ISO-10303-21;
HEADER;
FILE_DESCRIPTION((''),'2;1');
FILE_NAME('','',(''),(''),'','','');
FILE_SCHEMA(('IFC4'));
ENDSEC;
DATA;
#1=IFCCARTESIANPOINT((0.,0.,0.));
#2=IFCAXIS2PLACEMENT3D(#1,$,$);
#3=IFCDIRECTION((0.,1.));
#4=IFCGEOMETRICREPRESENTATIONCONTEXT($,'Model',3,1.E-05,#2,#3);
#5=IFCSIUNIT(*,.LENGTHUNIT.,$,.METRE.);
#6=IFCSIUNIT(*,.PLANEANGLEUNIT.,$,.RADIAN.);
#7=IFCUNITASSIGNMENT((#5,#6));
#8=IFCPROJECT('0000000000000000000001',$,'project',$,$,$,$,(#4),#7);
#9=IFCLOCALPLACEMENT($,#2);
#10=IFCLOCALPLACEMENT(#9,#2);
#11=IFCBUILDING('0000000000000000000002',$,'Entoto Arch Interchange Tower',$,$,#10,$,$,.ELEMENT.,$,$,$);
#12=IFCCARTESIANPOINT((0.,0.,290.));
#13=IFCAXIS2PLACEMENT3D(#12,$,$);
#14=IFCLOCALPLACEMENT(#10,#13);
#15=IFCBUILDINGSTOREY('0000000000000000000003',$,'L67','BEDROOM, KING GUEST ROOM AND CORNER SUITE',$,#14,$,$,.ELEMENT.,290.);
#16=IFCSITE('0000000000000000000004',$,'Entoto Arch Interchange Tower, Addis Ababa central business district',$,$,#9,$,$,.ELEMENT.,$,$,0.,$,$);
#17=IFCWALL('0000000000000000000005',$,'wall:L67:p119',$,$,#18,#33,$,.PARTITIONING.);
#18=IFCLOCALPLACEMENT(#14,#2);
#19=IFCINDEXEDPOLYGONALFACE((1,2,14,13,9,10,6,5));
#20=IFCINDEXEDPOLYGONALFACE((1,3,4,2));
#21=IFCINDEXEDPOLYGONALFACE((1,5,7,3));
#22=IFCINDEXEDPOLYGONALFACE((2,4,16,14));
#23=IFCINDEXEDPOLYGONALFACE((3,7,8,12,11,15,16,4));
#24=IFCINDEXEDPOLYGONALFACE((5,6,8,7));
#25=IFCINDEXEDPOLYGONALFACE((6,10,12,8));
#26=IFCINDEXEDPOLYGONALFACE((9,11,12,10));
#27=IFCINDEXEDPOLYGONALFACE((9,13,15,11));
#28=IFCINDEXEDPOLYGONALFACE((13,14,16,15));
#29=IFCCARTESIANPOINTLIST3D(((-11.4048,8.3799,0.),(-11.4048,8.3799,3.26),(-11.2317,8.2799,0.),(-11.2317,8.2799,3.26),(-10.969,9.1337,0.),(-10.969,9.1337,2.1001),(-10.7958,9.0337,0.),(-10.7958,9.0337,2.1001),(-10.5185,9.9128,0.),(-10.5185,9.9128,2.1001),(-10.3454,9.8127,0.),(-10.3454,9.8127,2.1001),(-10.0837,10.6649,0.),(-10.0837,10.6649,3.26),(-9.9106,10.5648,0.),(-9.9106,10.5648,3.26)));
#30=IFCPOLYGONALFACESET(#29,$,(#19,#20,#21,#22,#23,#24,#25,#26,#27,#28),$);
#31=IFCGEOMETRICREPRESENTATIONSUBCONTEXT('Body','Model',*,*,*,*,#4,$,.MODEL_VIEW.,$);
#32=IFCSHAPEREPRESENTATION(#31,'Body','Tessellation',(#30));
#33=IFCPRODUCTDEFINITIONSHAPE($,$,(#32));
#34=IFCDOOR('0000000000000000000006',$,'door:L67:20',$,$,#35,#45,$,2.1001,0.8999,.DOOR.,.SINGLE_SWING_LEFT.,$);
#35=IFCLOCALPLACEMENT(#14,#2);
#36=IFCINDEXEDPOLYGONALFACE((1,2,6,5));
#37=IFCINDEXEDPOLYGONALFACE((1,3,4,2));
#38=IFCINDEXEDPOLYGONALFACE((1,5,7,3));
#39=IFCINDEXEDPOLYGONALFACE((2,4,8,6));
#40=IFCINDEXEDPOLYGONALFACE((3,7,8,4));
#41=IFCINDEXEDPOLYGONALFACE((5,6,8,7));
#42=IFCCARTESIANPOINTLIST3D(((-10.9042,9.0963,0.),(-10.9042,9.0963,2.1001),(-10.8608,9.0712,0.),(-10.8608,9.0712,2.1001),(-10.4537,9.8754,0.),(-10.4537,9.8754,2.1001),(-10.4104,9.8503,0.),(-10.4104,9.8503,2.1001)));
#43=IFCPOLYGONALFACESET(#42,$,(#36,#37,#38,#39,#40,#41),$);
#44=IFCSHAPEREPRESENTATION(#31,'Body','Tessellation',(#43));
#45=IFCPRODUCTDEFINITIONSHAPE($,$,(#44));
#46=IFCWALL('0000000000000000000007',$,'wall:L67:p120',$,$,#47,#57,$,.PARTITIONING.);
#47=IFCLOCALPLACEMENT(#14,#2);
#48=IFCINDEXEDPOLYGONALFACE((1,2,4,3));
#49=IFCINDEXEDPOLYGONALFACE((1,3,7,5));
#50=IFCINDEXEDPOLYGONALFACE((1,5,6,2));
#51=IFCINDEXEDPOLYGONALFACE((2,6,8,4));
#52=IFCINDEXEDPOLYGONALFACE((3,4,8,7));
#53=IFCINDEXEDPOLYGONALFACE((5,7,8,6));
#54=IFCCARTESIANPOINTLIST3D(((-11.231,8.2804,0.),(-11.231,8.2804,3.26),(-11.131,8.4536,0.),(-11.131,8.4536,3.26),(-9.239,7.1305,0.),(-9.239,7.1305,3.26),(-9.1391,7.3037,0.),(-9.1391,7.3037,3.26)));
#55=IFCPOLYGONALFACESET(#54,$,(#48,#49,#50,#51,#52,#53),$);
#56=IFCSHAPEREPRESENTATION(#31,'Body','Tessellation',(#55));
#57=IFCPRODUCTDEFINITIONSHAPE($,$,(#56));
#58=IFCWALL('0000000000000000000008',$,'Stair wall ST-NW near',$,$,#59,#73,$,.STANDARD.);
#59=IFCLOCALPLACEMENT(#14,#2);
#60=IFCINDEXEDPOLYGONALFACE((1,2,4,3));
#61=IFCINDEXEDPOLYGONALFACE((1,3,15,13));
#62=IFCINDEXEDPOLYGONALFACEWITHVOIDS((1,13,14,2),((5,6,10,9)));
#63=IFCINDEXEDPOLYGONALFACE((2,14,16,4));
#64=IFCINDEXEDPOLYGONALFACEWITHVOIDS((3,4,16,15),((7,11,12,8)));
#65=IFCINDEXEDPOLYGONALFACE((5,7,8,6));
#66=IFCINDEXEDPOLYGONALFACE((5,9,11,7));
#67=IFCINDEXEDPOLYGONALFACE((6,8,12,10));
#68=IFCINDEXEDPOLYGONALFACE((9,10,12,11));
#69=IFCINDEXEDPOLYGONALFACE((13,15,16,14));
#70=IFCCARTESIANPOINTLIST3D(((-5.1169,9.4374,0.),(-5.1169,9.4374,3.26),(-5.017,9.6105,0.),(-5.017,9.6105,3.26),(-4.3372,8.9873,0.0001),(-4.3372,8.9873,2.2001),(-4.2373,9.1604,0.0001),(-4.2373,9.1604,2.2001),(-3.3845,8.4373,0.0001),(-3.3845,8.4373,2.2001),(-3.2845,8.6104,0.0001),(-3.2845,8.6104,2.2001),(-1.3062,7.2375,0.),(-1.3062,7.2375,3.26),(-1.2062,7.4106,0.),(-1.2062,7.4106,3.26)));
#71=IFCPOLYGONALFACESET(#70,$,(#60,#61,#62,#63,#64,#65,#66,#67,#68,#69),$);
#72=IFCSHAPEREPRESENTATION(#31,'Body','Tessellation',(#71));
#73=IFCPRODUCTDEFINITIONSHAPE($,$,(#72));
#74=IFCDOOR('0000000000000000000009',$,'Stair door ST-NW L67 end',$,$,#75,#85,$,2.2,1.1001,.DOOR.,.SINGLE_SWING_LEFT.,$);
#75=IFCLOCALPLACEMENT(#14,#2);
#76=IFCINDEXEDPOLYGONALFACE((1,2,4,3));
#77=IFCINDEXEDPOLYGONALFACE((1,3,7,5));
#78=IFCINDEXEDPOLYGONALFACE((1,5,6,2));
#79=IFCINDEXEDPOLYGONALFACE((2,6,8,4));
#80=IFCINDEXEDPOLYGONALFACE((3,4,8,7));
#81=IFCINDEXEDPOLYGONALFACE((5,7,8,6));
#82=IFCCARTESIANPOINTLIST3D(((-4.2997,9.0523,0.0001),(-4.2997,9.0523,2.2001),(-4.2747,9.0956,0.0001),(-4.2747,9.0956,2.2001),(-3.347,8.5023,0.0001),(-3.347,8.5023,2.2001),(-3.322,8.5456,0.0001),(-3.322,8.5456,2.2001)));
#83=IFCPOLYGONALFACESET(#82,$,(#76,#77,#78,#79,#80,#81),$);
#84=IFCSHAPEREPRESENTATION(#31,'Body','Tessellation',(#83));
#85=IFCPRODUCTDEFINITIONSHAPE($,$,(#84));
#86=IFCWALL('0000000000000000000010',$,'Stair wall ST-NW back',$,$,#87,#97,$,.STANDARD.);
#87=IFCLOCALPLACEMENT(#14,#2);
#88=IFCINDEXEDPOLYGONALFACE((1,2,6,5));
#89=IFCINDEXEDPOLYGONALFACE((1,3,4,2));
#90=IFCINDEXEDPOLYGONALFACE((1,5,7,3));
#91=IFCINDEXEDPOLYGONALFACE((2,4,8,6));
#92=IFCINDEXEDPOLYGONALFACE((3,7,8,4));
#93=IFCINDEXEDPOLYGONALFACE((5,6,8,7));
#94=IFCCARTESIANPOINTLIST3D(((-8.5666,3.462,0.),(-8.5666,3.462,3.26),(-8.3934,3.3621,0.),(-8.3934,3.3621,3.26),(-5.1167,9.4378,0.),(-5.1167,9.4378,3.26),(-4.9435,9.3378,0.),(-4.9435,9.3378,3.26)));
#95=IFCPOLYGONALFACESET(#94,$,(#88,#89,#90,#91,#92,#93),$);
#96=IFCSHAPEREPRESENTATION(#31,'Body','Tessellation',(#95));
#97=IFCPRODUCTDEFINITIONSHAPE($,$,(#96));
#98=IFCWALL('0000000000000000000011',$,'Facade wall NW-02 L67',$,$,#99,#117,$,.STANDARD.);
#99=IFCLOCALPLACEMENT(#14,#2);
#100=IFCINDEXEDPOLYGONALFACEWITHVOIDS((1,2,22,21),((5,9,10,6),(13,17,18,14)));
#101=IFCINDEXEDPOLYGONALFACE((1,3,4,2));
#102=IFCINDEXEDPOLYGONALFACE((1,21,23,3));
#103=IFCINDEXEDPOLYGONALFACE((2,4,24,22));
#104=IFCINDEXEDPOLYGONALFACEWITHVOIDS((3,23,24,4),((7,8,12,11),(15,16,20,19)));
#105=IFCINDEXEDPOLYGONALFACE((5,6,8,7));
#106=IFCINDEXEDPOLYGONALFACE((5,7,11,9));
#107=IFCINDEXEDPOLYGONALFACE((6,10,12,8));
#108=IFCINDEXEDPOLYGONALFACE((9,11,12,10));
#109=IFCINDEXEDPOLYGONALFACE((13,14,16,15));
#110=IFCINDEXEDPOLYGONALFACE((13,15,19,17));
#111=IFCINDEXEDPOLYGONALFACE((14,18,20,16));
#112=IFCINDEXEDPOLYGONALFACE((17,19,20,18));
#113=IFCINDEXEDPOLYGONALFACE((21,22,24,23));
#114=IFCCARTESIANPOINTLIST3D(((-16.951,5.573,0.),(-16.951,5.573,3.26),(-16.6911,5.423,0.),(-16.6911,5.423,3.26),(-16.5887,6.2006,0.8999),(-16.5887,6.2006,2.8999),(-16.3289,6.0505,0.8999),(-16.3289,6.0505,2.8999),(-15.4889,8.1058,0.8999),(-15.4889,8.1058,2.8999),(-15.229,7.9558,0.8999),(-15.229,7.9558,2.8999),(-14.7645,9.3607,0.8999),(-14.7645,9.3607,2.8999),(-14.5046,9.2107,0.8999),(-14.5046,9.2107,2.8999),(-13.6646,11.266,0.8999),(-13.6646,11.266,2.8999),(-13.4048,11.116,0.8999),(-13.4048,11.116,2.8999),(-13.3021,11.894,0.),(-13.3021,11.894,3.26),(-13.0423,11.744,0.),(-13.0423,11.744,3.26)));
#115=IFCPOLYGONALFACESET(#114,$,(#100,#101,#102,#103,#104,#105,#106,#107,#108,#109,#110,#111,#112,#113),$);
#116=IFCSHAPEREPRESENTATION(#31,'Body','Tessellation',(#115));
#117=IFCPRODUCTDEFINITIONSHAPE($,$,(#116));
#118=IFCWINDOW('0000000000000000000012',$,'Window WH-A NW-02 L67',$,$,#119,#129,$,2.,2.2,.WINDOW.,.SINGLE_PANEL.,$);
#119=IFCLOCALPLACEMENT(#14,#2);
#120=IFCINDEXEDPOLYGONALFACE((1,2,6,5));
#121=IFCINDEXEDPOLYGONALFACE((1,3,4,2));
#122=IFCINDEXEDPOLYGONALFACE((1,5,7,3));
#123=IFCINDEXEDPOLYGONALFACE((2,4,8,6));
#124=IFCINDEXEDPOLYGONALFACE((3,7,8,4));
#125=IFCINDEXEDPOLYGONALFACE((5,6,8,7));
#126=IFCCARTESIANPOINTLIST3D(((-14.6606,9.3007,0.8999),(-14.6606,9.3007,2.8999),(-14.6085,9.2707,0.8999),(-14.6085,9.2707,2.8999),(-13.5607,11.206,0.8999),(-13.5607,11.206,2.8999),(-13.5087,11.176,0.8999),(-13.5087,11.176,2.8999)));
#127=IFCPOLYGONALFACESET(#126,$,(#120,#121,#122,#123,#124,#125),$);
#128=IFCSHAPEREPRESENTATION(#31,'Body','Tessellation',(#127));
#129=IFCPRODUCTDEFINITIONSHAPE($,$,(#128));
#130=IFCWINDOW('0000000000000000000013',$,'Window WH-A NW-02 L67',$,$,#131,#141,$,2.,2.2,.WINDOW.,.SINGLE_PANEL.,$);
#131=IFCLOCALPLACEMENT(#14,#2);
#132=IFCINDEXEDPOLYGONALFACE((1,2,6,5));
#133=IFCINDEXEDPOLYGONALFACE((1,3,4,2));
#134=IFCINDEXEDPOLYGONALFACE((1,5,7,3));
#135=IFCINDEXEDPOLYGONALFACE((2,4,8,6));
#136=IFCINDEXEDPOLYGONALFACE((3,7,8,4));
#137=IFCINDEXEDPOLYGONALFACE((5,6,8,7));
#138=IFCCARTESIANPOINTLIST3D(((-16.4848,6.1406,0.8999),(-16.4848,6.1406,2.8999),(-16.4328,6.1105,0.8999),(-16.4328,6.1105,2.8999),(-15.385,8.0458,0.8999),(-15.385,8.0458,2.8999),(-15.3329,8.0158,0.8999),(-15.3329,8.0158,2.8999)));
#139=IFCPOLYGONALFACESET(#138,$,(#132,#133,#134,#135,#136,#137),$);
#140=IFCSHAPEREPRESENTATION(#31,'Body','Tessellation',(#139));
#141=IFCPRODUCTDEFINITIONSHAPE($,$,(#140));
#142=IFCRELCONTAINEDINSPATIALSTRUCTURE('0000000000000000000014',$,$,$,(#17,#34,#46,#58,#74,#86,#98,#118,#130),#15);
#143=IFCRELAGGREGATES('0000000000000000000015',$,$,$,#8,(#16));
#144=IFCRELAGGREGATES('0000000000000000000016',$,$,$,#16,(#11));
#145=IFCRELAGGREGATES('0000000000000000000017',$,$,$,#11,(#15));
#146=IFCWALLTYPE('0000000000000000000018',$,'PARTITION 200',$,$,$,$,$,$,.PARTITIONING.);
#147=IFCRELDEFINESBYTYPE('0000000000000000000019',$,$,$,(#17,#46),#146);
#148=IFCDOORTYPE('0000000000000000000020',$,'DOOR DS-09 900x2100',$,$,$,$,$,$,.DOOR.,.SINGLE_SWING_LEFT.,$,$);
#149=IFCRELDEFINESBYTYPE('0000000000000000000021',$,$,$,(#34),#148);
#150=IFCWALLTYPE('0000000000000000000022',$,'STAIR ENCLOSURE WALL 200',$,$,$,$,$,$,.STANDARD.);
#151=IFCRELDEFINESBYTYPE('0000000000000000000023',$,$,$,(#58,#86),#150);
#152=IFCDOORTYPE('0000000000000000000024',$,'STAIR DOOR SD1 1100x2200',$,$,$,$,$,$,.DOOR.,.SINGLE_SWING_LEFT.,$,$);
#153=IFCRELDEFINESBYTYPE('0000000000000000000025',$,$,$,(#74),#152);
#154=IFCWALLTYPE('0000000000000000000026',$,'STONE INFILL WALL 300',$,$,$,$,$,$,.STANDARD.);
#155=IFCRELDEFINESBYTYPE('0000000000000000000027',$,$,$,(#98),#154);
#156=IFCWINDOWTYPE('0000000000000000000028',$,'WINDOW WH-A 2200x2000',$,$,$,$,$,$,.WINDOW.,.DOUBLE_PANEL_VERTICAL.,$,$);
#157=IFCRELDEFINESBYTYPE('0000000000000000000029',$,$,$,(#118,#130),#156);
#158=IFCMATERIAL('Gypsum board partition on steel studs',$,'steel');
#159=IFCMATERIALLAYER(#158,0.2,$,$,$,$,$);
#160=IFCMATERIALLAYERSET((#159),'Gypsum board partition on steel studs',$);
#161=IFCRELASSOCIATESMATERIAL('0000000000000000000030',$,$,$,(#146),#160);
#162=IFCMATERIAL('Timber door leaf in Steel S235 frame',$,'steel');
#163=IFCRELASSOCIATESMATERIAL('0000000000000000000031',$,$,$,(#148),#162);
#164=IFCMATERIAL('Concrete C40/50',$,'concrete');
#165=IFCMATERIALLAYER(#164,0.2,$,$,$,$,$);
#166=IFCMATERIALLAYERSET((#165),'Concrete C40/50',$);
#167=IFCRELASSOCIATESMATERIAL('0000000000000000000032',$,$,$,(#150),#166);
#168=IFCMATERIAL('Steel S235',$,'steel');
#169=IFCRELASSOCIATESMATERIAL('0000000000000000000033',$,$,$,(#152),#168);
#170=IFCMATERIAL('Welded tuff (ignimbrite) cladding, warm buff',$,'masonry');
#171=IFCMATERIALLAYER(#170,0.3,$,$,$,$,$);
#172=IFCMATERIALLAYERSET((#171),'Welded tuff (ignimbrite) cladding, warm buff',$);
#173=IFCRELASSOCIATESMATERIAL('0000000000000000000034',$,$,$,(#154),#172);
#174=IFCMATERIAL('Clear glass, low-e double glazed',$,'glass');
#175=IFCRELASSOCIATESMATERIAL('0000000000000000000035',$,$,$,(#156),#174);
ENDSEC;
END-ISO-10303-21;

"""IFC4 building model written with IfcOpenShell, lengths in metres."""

from ifc_helpers import new_model, si_unit, direction, frame, frame_2d, origin, place, context, subcontext, project, spatial, rectangle, extrude, material, layer, layer_set, type_object, element, fill, save


model = new_model("IFC4")

# Units and contexts
model_context = context("Model", 3, precision=1e-05, world=origin(), true_north=direction((0.0, 1.0)))
body_context = subcontext(model_context, "Body", "Model", "MODEL_VIEW")
ifc_project = project(units=[si_unit("LENGTHUNIT", "METRE"), si_unit("PLANEANGLEUNIT", "RADIAN")], contexts=[model_context])

# Site, building, storey
site_placement = place(None, origin())
site = spatial("IfcSite", under=ifc_project, at=site_placement, Name="Entoto Arch Interchange Tower, Addis Ababa central business district", CompositionType="ELEMENT", RefElevation=0.0)
building_placement = place(site_placement, origin())
building = spatial("IfcBuilding", under=site, at=building_placement, Name="Entoto Arch Interchange Tower", CompositionType="ELEMENT")
storey_placement = place(building_placement, frame((0.0, 0.0, 290.0)))
storey = spatial("IfcBuildingStorey", under=building, at=storey_placement, Name="L67", Description="BEDROOM, KING GUEST ROOM AND CORNER SUITE", CompositionType="ELEMENT", Elevation=290.0)

# Shared definitions
ifc_material_1 = material(Name="Concrete C40/50", Category="concrete")

# Shared definitions
ifc_material_2 = material(Name="Gypsum board partition on steel studs", Category="steel")
ifc_layer_1 = layer(ifc_material_2, 0.2)
ifc_layer_set_1 = layer_set([ifc_layer_1], Name="Gypsum board partition on steel studs")
wall_type_1 = type_object("IfcWallType", Name="PARTITION 200", PredefinedType="PARTITIONING", material=ifc_layer_set_1)

# Wall, opening, door
wall_1_placement = place(storey_placement, frame((-9.9971, 10.615, 0.0), z_axis=(0.0, 0.0, 1.0), x_axis=(-0.500526, -0.865722, 0.0)))
wall_1 = element("IfcWall", 1, at=wall_1_placement, inside=storey, type_object=wall_type_1, Name="wall:L67:p119", PredefinedType="PARTITIONING", context=body_context, shape_type="SweptSolid", body=[
    extrude(rectangle(XDim=2.6394, YDim=0.2, at=frame_2d((1.3198, 0.0))), origin(), (0.0, 0.0, 1.0), 3.26),
])
opening_1_placement = place(wall_1_placement, frame((0.8689, 0.0, 0.0)))
opening_1 = element("IfcOpeningElement", 2, at=opening_1_placement, cuts=wall_1, PredefinedType="OPENING", context=body_context, shape_type="SweptSolid", body=[
    extrude(rectangle(XDim=0.8999, YDim=2.1001, at=frame_2d((0.45, 1.05))), frame((0.0, 0.1099, 0.0), z_axis=(0.0, -1.0, 0.0), x_axis=(1.0, 0.0, 0.0)), (0.0, 0.0, 1.0), 0.22),
])
ifc_material_3 = material(Name="Timber door leaf in Steel S235 frame", Category="steel")
door_type_1 = type_object("IfcDoorType", Name="DOOR DS-09 900x2100", OperationType="SINGLE_SWING_LEFT", PredefinedType="DOOR", material=ifc_material_3)
door_1_placement = place(opening_1_placement, origin())
door_1 = element("IfcDoor", 3, at=door_1_placement, inside=storey, type_object=door_type_1, Name="door:L67:20", OperationType="SINGLE_SWING_LEFT", OverallHeight=2.1001, OverallWidth=0.8999, PredefinedType="DOOR", context=body_context, shape_type="SweptSolid", body=[
    extrude(rectangle(XDim=0.8999, YDim=2.1001, at=frame_2d((0.45, 1.05))), frame((0.0, 0.0249, 0.0), z_axis=(0.0, -1.0, 0.0), x_axis=(1.0, 0.0, 0.0)), (0.0, 0.0, 1.0), 0.05),
])
fill(opening_1, door_1)

# Wall
wall_2_placement = place(storey_placement, frame((-11.1809, 8.3669, 0.0), z_axis=(0.0, 0.0, 1.0), x_axis=(0.866053, -0.499952, 0.0)))
element("IfcWall", 4, at=wall_2_placement, inside=storey, type_object=wall_type_1, Name="wall:L67:p120", PredefinedType="PARTITIONING", context=body_context, shape_type="SweptSolid", body=[
    extrude(rectangle(XDim=2.3, YDim=0.2, at=frame_2d((1.1499, 0.0))), origin(), (0.0, 0.0, 1.0), 3.26),
])

# Wall, opening, door
ifc_layer_2 = layer(ifc_material_1, 0.2)
ifc_layer_set_2 = layer_set([ifc_layer_2], Name="Concrete C40/50")
wall_type_2 = type_object("IfcWallType", Name="STAIR ENCLOSURE WALL 200", PredefinedType="STANDARD", material=ifc_layer_set_2)
wall_3_placement = place(storey_placement, frame((-1.2561, 7.324, 0.0), z_axis=(0.0, 0.0, 1.0), x_axis=(-0.866046, 0.499964, 0.0)))
wall_3 = element("IfcWall", 5, at=wall_3_placement, inside=storey, type_object=wall_type_2, Name="Stair wall ST-NW near", PredefinedType="STANDARD", context=body_context, shape_type="SweptSolid", body=[
    extrude(rectangle(XDim=4.4001, YDim=0.2, at=frame_2d((2.2002, 0.0))), origin(), (0.0, 0.0, 1.0), 3.26),
])
opening_2_placement = place(wall_3_placement, frame((2.3999, 0.0, 0.0)))
opening_2 = element("IfcOpeningElement", 6, at=opening_2_placement, cuts=wall_3, PredefinedType="OPENING", context=body_context, shape_type="SweptSolid", body=[
    extrude(rectangle(XDim=1.1001, YDim=2.2, at=frame_2d((0.55, 1.1001))), frame((0.0, 0.1099, 0.0), z_axis=(0.0, -1.0, 0.0), x_axis=(1.0, 0.0, 0.0)), (0.0, 0.0, 1.0), 0.22),
])
ifc_material_4 = material(Name="Steel S235", Category="steel")
door_type_2 = type_object("IfcDoorType", Name="STAIR DOOR SD1 1100x2200", OperationType="SINGLE_SWING_LEFT", PredefinedType="DOOR", material=ifc_material_4)
door_2_placement = place(opening_2_placement, origin())
door_2 = element("IfcDoor", 7, at=door_2_placement, inside=storey, type_object=door_type_2, Name="Stair door ST-NW L67 end", OperationType="SINGLE_SWING_LEFT", OverallHeight=2.2, OverallWidth=1.1001, PredefinedType="DOOR", context=body_context, shape_type="SweptSolid", body=[
    extrude(rectangle(XDim=1.1001, YDim=2.2, at=frame_2d((0.55, 1.1001))), frame((0.0, 0.0249, 0.0), z_axis=(0.0, -1.0, 0.0), x_axis=(1.0, 0.0, 0.0)), (0.0, 0.0, 1.0), 0.05),
])
fill(opening_2, door_2)

# Wall
wall_4_placement = place(storey_placement, frame((-5.03, 9.3879, 0.0), z_axis=(0.0, 0.0, 1.0), x_axis=(-0.499979, -0.866038, 0.0)))
element("IfcWall", 8, at=wall_4_placement, inside=storey, type_object=wall_type_2, Name="Stair wall ST-NW back", PredefinedType="STANDARD", context=body_context, shape_type="SweptSolid", body=[
    extrude(rectangle(XDim=6.9001, YDim=0.2, at=frame_2d((3.4502, 0.0))), origin(), (0.0, 0.0, 1.0), 3.26),
])

# Wall, openings, windows
ifc_material_5 = material(Name="Welded tuff (ignimbrite) cladding, warm buff", Category="masonry")
ifc_layer_3 = layer(ifc_material_5, 0.3)
ifc_layer_set_3 = layer_set([ifc_layer_3], Name="Welded tuff (ignimbrite) cladding, warm buff")
wall_type_3 = type_object("IfcWallType", Name="STONE INFILL WALL 300", PredefinedType="STANDARD", material=ifc_layer_set_3)
wall_5_placement = place(storey_placement, frame((-13.1721, 11.8191, 0.0), z_axis=(0.0, 0.0, 1.0), x_axis=(-0.499945, -0.866057, 0.0)))
wall_5 = element("IfcWall", 9, at=wall_5_placement, inside=storey, type_object=wall_type_3, Name="Facade wall NW-02 L67", PredefinedType="STANDARD", context=body_context, shape_type="SweptSolid", body=[
    extrude(rectangle(XDim=7.2986, YDim=0.3, at=frame_2d((3.6494, 0.0))), origin(), (0.0, 0.0, 1.0), 3.26),
])
opening_3_placement = place(wall_5_placement, frame((0.7251, 0.0, 0.8999)))
opening_3 = element("IfcOpeningElement", 10, at=opening_3_placement, cuts=wall_5, PredefinedType="OPENING", context=body_context, shape_type="SweptSolid", body=[
    extrude(rectangle(XDim=2.2, YDim=2.0, at=frame_2d((1.1001, 1.0))), frame((0.0, 0.1602, 0.0), z_axis=(0.0, -1.0, 0.0), x_axis=(1.0, 0.0, 0.0)), (0.0, 0.0, 1.0), 0.3201),
])
opening_4_placement = place(wall_5_placement, frame((4.374, 0.0, 0.8999)))
opening_4 = element("IfcOpeningElement", 11, at=opening_4_placement, cuts=wall_5, PredefinedType="OPENING", context=body_context, shape_type="SweptSolid", body=[
    extrude(rectangle(XDim=2.2, YDim=2.0, at=frame_2d((1.1001, 1.0))), frame((0.0, 0.1602, 0.0), z_axis=(0.0, -1.0, 0.0), x_axis=(1.0, 0.0, 0.0)), (0.0, 0.0, 1.0), 0.3201),
])
ifc_material_6 = material(Name="Clear glass, low-e double glazed", Category="glass")
window_type = type_object("IfcWindowType", Name="WINDOW WH-A 2200x2000", PartitioningType="DOUBLE_PANEL_VERTICAL", PredefinedType="WINDOW", material=ifc_material_6)
window_1_placement = place(opening_3_placement, origin())
window_1 = element("IfcWindow", 12, at=window_1_placement, inside=storey, type_object=window_type, Name="Window WH-A NW-02 L67", OverallHeight=2.0, OverallWidth=2.2, PartitioningType="SINGLE_PANEL", PredefinedType="WINDOW", context=body_context, shape_type="SweptSolid", body=[
    extrude(rectangle(XDim=2.2, YDim=2.0, at=frame_2d((1.1001, 1.0))), frame((0.0, 0.03, 0.0), z_axis=(0.0, -1.0, 0.0), x_axis=(1.0, 0.0, 0.0)), (0.0, 0.0, 1.0), 0.0601),
])
fill(opening_3, window_1)
window_2_placement = place(opening_4_placement, origin())
window_2 = element("IfcWindow", 13, at=window_2_placement, inside=storey, type_object=window_type, Name="Window WH-A NW-02 L67", OverallHeight=2.0, OverallWidth=2.2, PartitioningType="SINGLE_PANEL", PredefinedType="WINDOW", context=body_context, shape_type="SweptSolid", body=[
    extrude(rectangle(XDim=2.2, YDim=2.0, at=frame_2d((1.1001, 1.0))), frame((0.0, 0.03, 0.0), z_axis=(0.0, -1.0, 0.0), x_axis=(1.0, 0.0, 0.0)), (0.0, 0.0, 1.0), 0.0601),
])
fill(opening_4, window_2)

save(model, "model.ifc")
